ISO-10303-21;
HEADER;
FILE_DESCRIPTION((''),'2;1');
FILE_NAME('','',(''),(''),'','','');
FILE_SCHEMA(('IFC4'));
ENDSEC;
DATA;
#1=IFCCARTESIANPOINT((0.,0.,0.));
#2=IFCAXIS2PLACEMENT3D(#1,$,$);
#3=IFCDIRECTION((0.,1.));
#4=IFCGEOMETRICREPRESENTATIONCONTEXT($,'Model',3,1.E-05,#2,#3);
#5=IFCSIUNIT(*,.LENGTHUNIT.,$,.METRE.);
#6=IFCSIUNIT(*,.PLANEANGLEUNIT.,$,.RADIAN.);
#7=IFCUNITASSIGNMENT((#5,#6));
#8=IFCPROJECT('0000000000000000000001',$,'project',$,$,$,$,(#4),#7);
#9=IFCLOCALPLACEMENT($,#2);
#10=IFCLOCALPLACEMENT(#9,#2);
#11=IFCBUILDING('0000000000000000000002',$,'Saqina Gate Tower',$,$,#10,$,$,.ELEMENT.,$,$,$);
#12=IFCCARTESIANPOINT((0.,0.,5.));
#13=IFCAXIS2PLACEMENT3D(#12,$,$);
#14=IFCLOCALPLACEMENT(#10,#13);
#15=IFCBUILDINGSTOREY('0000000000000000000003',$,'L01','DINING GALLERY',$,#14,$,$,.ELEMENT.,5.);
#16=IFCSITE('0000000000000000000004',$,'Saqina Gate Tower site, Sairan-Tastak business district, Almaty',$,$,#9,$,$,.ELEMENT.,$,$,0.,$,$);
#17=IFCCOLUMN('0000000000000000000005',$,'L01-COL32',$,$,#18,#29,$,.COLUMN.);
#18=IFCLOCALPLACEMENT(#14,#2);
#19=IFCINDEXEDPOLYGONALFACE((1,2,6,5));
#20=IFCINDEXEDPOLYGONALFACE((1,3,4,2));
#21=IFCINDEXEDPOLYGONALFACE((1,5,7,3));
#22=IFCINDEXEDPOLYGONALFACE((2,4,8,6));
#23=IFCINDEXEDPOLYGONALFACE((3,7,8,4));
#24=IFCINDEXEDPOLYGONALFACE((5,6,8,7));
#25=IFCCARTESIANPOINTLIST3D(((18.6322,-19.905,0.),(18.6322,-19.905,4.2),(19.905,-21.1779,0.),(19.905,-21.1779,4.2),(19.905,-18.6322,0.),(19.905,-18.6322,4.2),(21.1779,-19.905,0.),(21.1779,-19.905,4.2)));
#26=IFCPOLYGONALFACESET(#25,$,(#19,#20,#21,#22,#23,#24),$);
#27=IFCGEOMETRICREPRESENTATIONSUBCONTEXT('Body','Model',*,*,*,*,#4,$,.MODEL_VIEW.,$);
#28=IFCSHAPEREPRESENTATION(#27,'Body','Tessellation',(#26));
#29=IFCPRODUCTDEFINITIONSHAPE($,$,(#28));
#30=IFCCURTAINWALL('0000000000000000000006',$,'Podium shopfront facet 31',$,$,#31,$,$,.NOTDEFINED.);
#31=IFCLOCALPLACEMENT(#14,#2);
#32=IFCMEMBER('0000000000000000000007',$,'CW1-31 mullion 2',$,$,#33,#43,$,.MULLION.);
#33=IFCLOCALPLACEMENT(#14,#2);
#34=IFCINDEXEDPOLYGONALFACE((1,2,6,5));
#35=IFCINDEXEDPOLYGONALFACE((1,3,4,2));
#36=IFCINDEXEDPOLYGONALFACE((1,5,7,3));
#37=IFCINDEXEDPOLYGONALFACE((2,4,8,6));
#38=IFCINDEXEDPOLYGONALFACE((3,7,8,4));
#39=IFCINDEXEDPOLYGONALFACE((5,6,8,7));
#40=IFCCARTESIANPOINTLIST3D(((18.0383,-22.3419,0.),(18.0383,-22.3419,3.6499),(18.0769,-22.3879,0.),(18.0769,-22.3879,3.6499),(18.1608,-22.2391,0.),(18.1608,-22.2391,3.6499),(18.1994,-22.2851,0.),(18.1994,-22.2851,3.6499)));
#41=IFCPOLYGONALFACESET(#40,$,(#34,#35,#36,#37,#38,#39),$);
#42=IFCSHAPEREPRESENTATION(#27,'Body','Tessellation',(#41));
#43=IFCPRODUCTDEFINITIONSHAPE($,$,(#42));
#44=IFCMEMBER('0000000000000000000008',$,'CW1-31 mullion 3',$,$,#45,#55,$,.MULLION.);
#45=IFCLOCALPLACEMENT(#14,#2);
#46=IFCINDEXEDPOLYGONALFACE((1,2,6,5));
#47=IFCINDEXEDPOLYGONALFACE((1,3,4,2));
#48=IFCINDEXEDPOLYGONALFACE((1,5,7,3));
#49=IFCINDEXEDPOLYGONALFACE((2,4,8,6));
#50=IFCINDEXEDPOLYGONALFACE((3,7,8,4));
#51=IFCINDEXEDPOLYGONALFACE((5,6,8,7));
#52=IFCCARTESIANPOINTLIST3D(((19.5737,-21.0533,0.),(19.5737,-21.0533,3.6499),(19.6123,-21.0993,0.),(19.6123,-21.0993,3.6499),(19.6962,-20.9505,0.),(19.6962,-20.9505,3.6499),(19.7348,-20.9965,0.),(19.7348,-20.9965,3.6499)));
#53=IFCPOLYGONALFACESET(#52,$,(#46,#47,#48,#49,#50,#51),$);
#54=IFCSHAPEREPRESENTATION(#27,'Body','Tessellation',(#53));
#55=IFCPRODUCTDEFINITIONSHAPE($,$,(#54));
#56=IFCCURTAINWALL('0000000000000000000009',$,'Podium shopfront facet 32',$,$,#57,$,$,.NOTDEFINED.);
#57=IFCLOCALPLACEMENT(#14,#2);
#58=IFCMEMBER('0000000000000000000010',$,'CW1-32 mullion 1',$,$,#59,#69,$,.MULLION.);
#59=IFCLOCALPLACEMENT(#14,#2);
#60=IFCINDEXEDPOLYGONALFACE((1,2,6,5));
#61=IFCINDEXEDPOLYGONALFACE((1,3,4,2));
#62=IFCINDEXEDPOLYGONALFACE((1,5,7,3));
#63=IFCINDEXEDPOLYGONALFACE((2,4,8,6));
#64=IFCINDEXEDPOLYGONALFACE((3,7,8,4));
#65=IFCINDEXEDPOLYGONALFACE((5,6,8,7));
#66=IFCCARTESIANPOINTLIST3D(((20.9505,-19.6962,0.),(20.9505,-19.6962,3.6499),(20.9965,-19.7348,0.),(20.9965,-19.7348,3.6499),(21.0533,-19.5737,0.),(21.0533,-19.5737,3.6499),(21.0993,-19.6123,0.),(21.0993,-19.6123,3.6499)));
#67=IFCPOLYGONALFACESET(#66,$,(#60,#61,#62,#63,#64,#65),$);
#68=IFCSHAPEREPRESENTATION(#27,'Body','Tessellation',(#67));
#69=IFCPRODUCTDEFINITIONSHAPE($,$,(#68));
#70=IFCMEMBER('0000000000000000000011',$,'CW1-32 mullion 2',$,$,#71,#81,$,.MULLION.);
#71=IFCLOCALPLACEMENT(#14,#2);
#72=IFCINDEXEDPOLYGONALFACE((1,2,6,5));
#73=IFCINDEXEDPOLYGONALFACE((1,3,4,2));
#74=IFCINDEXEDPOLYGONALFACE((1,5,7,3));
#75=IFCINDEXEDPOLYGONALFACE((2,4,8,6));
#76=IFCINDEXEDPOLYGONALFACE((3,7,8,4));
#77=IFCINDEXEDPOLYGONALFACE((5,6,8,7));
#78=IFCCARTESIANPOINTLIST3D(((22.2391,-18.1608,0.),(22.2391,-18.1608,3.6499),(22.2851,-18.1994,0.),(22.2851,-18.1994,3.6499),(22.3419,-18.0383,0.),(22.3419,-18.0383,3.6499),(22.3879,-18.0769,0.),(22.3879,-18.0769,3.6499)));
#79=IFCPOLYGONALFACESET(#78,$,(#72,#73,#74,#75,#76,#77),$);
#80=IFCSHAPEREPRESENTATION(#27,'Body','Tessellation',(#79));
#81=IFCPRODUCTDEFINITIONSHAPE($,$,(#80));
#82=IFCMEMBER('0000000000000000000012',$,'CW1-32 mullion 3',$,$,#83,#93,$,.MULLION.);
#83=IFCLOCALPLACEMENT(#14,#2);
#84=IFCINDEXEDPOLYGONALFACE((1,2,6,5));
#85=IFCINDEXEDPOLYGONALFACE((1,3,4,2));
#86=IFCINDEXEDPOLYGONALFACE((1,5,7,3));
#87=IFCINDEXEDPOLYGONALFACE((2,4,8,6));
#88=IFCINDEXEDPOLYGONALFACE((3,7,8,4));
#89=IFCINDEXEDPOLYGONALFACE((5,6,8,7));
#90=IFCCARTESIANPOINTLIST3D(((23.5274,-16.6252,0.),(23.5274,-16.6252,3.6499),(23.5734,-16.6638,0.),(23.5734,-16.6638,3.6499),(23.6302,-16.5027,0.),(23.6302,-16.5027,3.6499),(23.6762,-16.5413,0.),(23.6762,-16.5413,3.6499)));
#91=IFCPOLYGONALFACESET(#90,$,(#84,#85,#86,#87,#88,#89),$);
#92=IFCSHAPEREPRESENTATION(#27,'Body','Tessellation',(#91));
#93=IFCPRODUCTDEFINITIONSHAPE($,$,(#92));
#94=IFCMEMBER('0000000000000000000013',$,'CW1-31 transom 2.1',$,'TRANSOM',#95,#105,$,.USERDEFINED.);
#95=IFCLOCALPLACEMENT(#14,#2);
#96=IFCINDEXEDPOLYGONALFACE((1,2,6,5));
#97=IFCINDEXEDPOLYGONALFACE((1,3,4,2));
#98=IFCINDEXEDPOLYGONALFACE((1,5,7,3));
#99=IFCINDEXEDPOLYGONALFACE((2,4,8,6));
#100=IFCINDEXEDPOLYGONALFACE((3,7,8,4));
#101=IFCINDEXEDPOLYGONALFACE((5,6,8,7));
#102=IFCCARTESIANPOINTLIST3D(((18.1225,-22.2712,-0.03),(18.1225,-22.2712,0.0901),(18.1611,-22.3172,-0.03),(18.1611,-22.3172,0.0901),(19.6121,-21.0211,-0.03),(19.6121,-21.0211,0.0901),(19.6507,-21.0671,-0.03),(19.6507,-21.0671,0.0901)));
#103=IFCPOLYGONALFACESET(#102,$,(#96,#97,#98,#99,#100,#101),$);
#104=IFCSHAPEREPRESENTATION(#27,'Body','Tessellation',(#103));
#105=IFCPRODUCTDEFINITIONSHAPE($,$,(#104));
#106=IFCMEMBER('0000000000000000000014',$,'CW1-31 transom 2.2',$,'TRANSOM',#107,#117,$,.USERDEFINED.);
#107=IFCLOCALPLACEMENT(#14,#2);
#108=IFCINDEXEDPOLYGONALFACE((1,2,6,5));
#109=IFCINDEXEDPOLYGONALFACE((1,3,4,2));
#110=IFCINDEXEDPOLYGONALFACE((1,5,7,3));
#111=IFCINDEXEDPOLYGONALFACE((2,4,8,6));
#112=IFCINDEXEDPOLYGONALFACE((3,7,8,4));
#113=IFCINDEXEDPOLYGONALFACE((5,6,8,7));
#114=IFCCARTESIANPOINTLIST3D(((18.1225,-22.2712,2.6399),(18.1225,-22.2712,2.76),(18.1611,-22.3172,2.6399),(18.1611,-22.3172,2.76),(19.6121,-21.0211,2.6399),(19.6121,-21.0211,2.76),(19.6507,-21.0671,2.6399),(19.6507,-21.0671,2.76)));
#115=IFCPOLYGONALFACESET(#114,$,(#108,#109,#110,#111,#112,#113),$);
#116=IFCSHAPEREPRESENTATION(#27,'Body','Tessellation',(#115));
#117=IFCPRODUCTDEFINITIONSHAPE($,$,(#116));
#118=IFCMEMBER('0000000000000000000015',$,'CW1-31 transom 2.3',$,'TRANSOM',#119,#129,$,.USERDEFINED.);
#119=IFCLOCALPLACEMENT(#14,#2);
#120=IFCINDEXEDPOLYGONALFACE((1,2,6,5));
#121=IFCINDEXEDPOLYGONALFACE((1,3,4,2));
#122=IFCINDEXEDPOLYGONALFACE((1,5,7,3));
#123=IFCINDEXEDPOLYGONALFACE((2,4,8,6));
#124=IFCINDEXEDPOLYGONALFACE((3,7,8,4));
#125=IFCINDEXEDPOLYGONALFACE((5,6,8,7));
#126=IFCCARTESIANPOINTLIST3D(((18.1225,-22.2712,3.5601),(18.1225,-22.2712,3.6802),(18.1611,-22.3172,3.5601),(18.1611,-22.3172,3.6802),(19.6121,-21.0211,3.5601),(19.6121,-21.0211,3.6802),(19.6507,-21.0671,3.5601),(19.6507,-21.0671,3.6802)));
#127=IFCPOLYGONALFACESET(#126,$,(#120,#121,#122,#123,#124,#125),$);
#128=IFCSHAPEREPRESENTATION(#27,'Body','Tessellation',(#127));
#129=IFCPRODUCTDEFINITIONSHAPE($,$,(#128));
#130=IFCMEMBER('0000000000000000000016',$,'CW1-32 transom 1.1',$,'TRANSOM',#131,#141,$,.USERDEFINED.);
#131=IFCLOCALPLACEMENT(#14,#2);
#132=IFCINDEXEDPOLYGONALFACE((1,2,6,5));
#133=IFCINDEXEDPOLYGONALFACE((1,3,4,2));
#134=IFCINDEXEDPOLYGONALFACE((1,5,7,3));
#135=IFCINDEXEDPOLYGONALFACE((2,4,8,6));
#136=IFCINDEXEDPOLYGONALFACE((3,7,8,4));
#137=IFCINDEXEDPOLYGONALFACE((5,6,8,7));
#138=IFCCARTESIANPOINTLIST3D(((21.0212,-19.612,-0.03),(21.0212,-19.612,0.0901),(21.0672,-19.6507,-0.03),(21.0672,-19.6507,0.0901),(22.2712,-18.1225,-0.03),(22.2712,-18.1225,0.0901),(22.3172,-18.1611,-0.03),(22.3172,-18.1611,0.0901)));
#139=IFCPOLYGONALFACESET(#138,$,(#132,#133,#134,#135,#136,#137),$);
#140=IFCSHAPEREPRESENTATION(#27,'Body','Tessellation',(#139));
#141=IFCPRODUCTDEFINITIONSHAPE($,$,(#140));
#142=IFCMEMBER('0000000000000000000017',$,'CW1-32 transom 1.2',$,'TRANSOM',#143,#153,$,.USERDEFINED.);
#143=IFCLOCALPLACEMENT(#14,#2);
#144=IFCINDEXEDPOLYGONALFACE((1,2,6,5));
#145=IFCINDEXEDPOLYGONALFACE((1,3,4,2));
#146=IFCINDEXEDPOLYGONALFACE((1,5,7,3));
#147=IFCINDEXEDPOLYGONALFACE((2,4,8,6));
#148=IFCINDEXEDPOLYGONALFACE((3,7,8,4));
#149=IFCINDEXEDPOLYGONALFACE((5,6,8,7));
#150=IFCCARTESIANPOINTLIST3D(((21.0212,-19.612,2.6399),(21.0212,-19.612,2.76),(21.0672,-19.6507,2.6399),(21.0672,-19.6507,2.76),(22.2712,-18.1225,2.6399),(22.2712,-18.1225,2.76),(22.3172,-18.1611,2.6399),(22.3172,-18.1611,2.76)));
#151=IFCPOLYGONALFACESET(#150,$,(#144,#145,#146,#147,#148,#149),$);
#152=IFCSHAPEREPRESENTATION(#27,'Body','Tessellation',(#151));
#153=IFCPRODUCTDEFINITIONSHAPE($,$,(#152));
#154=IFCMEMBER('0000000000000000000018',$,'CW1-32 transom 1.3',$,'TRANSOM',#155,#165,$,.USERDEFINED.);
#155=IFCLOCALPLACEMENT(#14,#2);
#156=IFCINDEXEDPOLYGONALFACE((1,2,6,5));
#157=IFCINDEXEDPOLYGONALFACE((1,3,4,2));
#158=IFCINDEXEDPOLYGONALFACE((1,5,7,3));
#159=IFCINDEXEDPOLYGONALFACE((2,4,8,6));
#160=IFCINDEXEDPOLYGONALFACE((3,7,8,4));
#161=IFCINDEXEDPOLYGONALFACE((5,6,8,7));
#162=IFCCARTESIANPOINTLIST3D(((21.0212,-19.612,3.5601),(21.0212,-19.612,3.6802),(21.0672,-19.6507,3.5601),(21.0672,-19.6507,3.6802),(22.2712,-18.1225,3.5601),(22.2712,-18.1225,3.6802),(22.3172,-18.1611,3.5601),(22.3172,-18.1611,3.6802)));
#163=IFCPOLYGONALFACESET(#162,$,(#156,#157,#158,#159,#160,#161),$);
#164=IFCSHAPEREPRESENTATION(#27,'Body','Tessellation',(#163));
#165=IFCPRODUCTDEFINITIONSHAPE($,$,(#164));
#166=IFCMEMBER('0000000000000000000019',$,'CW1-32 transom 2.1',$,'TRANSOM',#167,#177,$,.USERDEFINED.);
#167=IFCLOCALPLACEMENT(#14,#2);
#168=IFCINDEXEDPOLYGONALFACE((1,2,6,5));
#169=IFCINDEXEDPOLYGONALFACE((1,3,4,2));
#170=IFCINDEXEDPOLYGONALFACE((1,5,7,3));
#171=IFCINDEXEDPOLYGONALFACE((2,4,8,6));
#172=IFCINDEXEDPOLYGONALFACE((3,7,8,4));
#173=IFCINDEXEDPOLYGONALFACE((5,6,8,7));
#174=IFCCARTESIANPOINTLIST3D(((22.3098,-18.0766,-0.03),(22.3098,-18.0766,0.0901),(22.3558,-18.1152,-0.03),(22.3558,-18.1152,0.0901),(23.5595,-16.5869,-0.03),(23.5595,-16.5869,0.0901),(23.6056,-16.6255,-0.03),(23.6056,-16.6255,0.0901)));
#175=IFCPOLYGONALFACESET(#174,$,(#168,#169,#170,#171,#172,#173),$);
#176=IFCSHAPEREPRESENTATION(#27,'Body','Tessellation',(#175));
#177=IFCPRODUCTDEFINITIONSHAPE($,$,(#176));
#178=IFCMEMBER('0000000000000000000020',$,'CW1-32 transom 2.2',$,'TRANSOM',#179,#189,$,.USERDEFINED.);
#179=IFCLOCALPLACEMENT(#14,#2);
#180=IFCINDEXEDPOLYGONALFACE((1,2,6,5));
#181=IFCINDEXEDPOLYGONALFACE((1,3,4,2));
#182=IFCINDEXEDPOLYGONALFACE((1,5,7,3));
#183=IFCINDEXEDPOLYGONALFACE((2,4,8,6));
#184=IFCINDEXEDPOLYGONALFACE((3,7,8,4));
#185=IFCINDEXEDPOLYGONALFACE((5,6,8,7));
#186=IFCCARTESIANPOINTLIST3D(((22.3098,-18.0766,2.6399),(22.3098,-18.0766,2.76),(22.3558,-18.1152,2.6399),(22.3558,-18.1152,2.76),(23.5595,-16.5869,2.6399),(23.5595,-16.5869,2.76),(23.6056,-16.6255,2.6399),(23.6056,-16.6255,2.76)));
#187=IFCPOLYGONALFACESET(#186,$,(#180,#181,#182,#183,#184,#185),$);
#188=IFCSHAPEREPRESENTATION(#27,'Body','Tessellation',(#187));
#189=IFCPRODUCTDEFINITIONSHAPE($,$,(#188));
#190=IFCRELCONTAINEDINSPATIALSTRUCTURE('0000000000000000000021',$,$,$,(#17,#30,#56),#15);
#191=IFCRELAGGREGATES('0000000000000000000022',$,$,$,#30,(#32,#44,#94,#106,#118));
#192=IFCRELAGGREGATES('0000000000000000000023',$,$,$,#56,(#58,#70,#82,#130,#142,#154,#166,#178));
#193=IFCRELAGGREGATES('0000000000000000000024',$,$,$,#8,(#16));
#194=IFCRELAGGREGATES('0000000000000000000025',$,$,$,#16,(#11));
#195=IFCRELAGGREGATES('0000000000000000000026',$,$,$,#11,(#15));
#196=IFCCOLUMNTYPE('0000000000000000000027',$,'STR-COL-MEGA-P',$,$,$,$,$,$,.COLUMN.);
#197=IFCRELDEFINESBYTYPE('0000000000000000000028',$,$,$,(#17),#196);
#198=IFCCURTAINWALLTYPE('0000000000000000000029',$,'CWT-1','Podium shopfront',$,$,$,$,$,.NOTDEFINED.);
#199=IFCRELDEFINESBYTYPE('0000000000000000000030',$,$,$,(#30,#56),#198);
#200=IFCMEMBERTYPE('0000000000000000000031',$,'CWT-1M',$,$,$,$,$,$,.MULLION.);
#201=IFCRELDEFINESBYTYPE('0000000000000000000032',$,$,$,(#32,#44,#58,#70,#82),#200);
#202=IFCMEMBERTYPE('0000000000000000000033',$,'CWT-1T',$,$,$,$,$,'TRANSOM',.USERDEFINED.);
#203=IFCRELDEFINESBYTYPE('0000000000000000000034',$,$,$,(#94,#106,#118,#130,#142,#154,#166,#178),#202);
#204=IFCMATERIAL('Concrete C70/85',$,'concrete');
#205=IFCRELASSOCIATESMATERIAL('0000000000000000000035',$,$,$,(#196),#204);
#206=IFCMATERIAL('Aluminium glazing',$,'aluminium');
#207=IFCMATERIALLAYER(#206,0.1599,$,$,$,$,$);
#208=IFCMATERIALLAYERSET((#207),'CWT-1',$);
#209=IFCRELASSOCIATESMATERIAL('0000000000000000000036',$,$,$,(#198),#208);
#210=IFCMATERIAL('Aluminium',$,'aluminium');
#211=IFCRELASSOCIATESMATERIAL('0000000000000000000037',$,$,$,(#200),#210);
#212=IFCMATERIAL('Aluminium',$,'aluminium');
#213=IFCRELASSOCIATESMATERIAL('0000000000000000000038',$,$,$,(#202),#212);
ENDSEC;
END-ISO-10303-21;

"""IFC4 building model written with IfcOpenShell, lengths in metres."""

from ifc_helpers import new_model, si_unit, direction, frame, origin, origin_2d, place, context, subcontext, project, spatial, rectangle, extrude, material, layer, layer_set, material_profile, profile_set, type_object, element, aggregate, save


model = new_model("IFC4")

# Units and contexts
model_context = context("Model", 3, precision=1e-05, world=origin(), true_north=direction((0.0, 1.0)))
body_context = subcontext(model_context, "Body", "Model", "MODEL_VIEW")
ifc_project = project(units=[si_unit("LENGTHUNIT", "METRE"), si_unit("PLANEANGLEUNIT", "RADIAN")], contexts=[model_context])

# Site, building, storey
site_placement = place(None, origin())
site = spatial("IfcSite", under=ifc_project, at=site_placement, Name="Saqina Gate Tower site, Sairan-Tastak business district, Almaty", CompositionType="ELEMENT", RefElevation=0.0)
building_placement = place(site_placement, origin())
building = spatial("IfcBuilding", under=site, at=building_placement, Name="Saqina Gate Tower", CompositionType="ELEMENT")
storey_placement = place(building_placement, frame((0.0, 0.0, 5.0)))
storey = spatial("IfcBuildingStorey", under=building, at=storey_placement, Name="L01", Description="DINING GALLERY", CompositionType="ELEMENT", Elevation=5.0)

# Column
ifc_material_1 = material(Name="Concrete C70/85", Category="concrete")
ifc_material_profile_1 = material_profile(ifc_material_1, rectangle(XDim=1.8, YDim=1.8, at=origin_2d()), Name="RC 1800x1800")
ifc_profile_set_1 = profile_set([ifc_material_profile_1], Name="Concrete C70/85")
column_type = type_object("IfcColumnType", Name="STR-COL-MEGA-P", PredefinedType="COLUMN", material=ifc_profile_set_1)
column_placement = place(storey_placement, frame((19.905, -19.905, 0.0), z_axis=(0.0, 0.0, 1.0), x_axis=(0.707107, -0.707107, 0.0)))
element("IfcColumn", 1, at=column_placement, inside=storey, type_object=column_type, Name="L01-COL32", PredefinedType="COLUMN", context=body_context, shape_type="SweptSolid", body=[
    extrude(rectangle(XDim=1.8, YDim=1.8, at=origin_2d()), origin(), (0.0, 0.0, 1.0), 4.2),
])

# Curtain walls, members
ifc_material_2 = material(Name="Aluminium glazing", Category="aluminium")
ifc_layer_1 = layer(ifc_material_2, 0.1599)
ifc_layer_set_1 = layer_set([ifc_layer_1], Name="CWT-1")
curtain_wall_type = type_object("IfcCurtainWallType", Name="CWT-1", Description="Podium shopfront", PredefinedType="NOTDEFINED", material=ifc_layer_set_1)
curtain_wall_1_placement = place(storey_placement, origin())
curtain_wall_1 = element("IfcCurtainWall", 2, at=curtain_wall_1_placement, inside=storey, type_object=curtain_wall_type, Name="Podium shopfront facet 31", PredefinedType="NOTDEFINED")
ifc_material_3 = material(Name="Aluminium", Category="aluminium")
ifc_material_profile_2 = material_profile(ifc_material_3, rectangle(XDim=0.0601, YDim=0.1599, at=origin_2d()), Name="Aluminium 60x160")
ifc_profile_set_2 = profile_set([ifc_material_profile_2], Name="Aluminium")
member_type_1 = type_object("IfcMemberType", Name="CWT-1M", PredefinedType="MULLION", material=ifc_profile_set_2)
member_1_placement = place(storey_placement, frame((18.1189, -22.3135, 0.0), z_axis=(0.0, 0.0, 1.0), x_axis=(-0.642779, 0.766051, 0.0)))
member_1 = element("IfcMember", 3, at=member_1_placement, type_object=member_type_1, Name="CW1-31 mullion 2", PredefinedType="MULLION", context=body_context, shape_type="SweptSolid", body=[
    extrude(rectangle(XDim=0.0601, YDim=0.1599, at=origin_2d()), origin(), (0.0, 0.0, 1.0), 3.6499),
])
member_2_placement = place(storey_placement, frame((19.6543, -21.0249, 0.0), z_axis=(0.0, 0.0, 1.0), x_axis=(-0.642779, 0.766051, 0.0)))
member_2 = element("IfcMember", 4, at=member_2_placement, type_object=member_type_1, Name="CW1-31 mullion 3", PredefinedType="MULLION", context=body_context, shape_type="SweptSolid", body=[
    extrude(rectangle(XDim=0.0601, YDim=0.1599, at=origin_2d()), origin(), (0.0, 0.0, 1.0), 3.6499),
])
curtain_wall_2_placement = place(storey_placement, origin())
curtain_wall_2 = element("IfcCurtainWall", 5, at=curtain_wall_2_placement, inside=storey, type_object=curtain_wall_type, Name="Podium shopfront facet 32", PredefinedType="NOTDEFINED")
member_3_placement = place(storey_placement, frame((21.0249, -19.6543, 0.0), z_axis=(0.0, 0.0, 1.0), x_axis=(-0.766051, 0.642779, 0.0)))
member_3 = element("IfcMember", 6, at=member_3_placement, type_object=member_type_1, Name="CW1-32 mullion 1", PredefinedType="MULLION", context=body_context, shape_type="SweptSolid", body=[
    extrude(rectangle(XDim=0.0601, YDim=0.1599, at=origin_2d()), origin(), (0.0, 0.0, 1.0), 3.6499),
])
member_4_placement = place(storey_placement, frame((22.3135, -18.1189, 0.0), z_axis=(0.0, 0.0, 1.0), x_axis=(-0.766051, 0.642779, 0.0)))
member_4 = element("IfcMember", 7, at=member_4_placement, type_object=member_type_1, Name="CW1-32 mullion 2", PredefinedType="MULLION", context=body_context, shape_type="SweptSolid", body=[
    extrude(rectangle(XDim=0.0601, YDim=0.1599, at=origin_2d()), origin(), (0.0, 0.0, 1.0), 3.6499),
])
member_5_placement = place(storey_placement, frame((23.6018, -16.5833, 0.0), z_axis=(0.0, 0.0, 1.0), x_axis=(-0.766051, 0.642779, 0.0)))
member_5 = element("IfcMember", 8, at=member_5_placement, type_object=member_type_1, Name="CW1-32 mullion 3", PredefinedType="MULLION", context=body_context, shape_type="SweptSolid", body=[
    extrude(rectangle(XDim=0.0601, YDim=0.1599, at=origin_2d()), origin(), (0.0, 0.0, 1.0), 3.6499),
])

# Members
ifc_material_4 = material(Name="Aluminium", Category="aluminium")
ifc_material_profile_3 = material_profile(ifc_material_4, rectangle(XDim=0.0601, YDim=0.1201, at=origin_2d()), Name="Aluminium 60x120")
ifc_profile_set_3 = profile_set([ifc_material_profile_3], Name="Aluminium")
member_type_2 = type_object("IfcMemberType", Name="CWT-1T", ElementType="TRANSOM", PredefinedType="USERDEFINED", material=ifc_profile_set_3)
member_6_placement = place(storey_placement, frame((18.1418, -22.2942, 0.03), z_axis=(0.766004, 0.642836, 0.0), x_axis=(-0.642836, 0.766004, 0.0)))
member_6 = element("IfcMember", 9, at=member_6_placement, type_object=member_type_2, Name="CW1-31 transom 2.1", ObjectType="TRANSOM", PredefinedType="USERDEFINED", context=body_context, shape_type="SweptSolid", body=[
    extrude(rectangle(XDim=0.0601, YDim=0.1201, at=origin_2d()), origin(), (0.0, 0.0, 1.0), 1.9446),
])
member_7_placement = place(storey_placement, frame((18.1418, -22.2942, 2.7), z_axis=(0.766004, 0.642836, 0.0), x_axis=(-0.642836, 0.766004, 0.0)))
member_7 = element("IfcMember", 10, at=member_7_placement, type_object=member_type_2, Name="CW1-31 transom 2.2", ObjectType="TRANSOM", PredefinedType="USERDEFINED", context=body_context, shape_type="SweptSolid", body=[
    extrude(rectangle(XDim=0.0601, YDim=0.1201, at=origin_2d()), origin(), (0.0, 0.0, 1.0), 1.9446),
])
member_8_placement = place(storey_placement, frame((18.1418, -22.2942, 3.6201), z_axis=(0.766004, 0.642836, 0.0), x_axis=(-0.642836, 0.766004, 0.0)))
member_8 = element("IfcMember", 11, at=member_8_placement, type_object=member_type_2, Name="CW1-31 transom 2.3", ObjectType="TRANSOM", PredefinedType="USERDEFINED", context=body_context, shape_type="SweptSolid", body=[
    extrude(rectangle(XDim=0.0601, YDim=0.1201, at=origin_2d()), origin(), (0.0, 0.0, 1.0), 1.9446),
])
member_9_placement = place(storey_placement, frame((21.0442, -19.6313, 0.03), z_axis=(0.642836, 0.766004, 0.0), x_axis=(-0.766004, 0.642836, 0.0)))
member_9 = element("IfcMember", 12, at=member_9_placement, type_object=member_type_2, Name="CW1-32 transom 1.1", ObjectType="TRANSOM", PredefinedType="USERDEFINED", context=body_context, shape_type="SweptSolid", body=[
    extrude(rectangle(XDim=0.0601, YDim=0.1201, at=origin_2d()), origin(), (0.0, 0.0, 1.0), 1.9446),
])
member_10_placement = place(storey_placement, frame((21.0442, -19.6313, 2.7), z_axis=(0.642836, 0.766004, 0.0), x_axis=(-0.766004, 0.642836, 0.0)))
member_10 = element("IfcMember", 13, at=member_10_placement, type_object=member_type_2, Name="CW1-32 transom 1.2", ObjectType="TRANSOM", PredefinedType="USERDEFINED", context=body_context, shape_type="SweptSolid", body=[
    extrude(rectangle(XDim=0.0601, YDim=0.1201, at=origin_2d()), origin(), (0.0, 0.0, 1.0), 1.9446),
])
member_11_placement = place(storey_placement, frame((21.0442, -19.6313, 3.6201), z_axis=(0.642836, 0.766004, 0.0), x_axis=(-0.766004, 0.642836, 0.0)))
member_11 = element("IfcMember", 14, at=member_11_placement, type_object=member_type_2, Name="CW1-32 transom 1.3", ObjectType="TRANSOM", PredefinedType="USERDEFINED", context=body_context, shape_type="SweptSolid", body=[
    extrude(rectangle(XDim=0.0601, YDim=0.1201, at=origin_2d()), origin(), (0.0, 0.0, 1.0), 1.9446),
])
member_12_placement = place(storey_placement, frame((22.3328, -18.0959, 0.03), z_axis=(0.6427, 0.766118, 0.0), x_axis=(-0.766118, 0.6427, 0.0)))
member_12 = element("IfcMember", 15, at=member_12_placement, type_object=member_type_2, Name="CW1-32 transom 2.1", ObjectType="TRANSOM", PredefinedType="USERDEFINED", context=body_context, shape_type="SweptSolid", body=[
    extrude(rectangle(XDim=0.0601, YDim=0.1201, at=origin_2d()), origin(), (0.0, 0.0, 1.0), 1.9446),
])
member_13_placement = place(storey_placement, frame((22.3328, -18.0959, 2.7), z_axis=(0.6427, 0.766118, 0.0), x_axis=(-0.766118, 0.6427, 0.0)))
member_13 = element("IfcMember", 16, at=member_13_placement, type_object=member_type_2, Name="CW1-32 transom 2.2", ObjectType="TRANSOM", PredefinedType="USERDEFINED", context=body_context, shape_type="SweptSolid", body=[
    extrude(rectangle(XDim=0.0601, YDim=0.1201, at=origin_2d()), origin(), (0.0, 0.0, 1.0), 1.9446),
])

aggregate(curtain_wall_1, [member_1, member_2, member_6, member_7, member_8])
aggregate(curtain_wall_2, [member_3, member_4, member_5, member_9, member_10, member_11, member_12, member_13])

save(model, "model.ifc")
